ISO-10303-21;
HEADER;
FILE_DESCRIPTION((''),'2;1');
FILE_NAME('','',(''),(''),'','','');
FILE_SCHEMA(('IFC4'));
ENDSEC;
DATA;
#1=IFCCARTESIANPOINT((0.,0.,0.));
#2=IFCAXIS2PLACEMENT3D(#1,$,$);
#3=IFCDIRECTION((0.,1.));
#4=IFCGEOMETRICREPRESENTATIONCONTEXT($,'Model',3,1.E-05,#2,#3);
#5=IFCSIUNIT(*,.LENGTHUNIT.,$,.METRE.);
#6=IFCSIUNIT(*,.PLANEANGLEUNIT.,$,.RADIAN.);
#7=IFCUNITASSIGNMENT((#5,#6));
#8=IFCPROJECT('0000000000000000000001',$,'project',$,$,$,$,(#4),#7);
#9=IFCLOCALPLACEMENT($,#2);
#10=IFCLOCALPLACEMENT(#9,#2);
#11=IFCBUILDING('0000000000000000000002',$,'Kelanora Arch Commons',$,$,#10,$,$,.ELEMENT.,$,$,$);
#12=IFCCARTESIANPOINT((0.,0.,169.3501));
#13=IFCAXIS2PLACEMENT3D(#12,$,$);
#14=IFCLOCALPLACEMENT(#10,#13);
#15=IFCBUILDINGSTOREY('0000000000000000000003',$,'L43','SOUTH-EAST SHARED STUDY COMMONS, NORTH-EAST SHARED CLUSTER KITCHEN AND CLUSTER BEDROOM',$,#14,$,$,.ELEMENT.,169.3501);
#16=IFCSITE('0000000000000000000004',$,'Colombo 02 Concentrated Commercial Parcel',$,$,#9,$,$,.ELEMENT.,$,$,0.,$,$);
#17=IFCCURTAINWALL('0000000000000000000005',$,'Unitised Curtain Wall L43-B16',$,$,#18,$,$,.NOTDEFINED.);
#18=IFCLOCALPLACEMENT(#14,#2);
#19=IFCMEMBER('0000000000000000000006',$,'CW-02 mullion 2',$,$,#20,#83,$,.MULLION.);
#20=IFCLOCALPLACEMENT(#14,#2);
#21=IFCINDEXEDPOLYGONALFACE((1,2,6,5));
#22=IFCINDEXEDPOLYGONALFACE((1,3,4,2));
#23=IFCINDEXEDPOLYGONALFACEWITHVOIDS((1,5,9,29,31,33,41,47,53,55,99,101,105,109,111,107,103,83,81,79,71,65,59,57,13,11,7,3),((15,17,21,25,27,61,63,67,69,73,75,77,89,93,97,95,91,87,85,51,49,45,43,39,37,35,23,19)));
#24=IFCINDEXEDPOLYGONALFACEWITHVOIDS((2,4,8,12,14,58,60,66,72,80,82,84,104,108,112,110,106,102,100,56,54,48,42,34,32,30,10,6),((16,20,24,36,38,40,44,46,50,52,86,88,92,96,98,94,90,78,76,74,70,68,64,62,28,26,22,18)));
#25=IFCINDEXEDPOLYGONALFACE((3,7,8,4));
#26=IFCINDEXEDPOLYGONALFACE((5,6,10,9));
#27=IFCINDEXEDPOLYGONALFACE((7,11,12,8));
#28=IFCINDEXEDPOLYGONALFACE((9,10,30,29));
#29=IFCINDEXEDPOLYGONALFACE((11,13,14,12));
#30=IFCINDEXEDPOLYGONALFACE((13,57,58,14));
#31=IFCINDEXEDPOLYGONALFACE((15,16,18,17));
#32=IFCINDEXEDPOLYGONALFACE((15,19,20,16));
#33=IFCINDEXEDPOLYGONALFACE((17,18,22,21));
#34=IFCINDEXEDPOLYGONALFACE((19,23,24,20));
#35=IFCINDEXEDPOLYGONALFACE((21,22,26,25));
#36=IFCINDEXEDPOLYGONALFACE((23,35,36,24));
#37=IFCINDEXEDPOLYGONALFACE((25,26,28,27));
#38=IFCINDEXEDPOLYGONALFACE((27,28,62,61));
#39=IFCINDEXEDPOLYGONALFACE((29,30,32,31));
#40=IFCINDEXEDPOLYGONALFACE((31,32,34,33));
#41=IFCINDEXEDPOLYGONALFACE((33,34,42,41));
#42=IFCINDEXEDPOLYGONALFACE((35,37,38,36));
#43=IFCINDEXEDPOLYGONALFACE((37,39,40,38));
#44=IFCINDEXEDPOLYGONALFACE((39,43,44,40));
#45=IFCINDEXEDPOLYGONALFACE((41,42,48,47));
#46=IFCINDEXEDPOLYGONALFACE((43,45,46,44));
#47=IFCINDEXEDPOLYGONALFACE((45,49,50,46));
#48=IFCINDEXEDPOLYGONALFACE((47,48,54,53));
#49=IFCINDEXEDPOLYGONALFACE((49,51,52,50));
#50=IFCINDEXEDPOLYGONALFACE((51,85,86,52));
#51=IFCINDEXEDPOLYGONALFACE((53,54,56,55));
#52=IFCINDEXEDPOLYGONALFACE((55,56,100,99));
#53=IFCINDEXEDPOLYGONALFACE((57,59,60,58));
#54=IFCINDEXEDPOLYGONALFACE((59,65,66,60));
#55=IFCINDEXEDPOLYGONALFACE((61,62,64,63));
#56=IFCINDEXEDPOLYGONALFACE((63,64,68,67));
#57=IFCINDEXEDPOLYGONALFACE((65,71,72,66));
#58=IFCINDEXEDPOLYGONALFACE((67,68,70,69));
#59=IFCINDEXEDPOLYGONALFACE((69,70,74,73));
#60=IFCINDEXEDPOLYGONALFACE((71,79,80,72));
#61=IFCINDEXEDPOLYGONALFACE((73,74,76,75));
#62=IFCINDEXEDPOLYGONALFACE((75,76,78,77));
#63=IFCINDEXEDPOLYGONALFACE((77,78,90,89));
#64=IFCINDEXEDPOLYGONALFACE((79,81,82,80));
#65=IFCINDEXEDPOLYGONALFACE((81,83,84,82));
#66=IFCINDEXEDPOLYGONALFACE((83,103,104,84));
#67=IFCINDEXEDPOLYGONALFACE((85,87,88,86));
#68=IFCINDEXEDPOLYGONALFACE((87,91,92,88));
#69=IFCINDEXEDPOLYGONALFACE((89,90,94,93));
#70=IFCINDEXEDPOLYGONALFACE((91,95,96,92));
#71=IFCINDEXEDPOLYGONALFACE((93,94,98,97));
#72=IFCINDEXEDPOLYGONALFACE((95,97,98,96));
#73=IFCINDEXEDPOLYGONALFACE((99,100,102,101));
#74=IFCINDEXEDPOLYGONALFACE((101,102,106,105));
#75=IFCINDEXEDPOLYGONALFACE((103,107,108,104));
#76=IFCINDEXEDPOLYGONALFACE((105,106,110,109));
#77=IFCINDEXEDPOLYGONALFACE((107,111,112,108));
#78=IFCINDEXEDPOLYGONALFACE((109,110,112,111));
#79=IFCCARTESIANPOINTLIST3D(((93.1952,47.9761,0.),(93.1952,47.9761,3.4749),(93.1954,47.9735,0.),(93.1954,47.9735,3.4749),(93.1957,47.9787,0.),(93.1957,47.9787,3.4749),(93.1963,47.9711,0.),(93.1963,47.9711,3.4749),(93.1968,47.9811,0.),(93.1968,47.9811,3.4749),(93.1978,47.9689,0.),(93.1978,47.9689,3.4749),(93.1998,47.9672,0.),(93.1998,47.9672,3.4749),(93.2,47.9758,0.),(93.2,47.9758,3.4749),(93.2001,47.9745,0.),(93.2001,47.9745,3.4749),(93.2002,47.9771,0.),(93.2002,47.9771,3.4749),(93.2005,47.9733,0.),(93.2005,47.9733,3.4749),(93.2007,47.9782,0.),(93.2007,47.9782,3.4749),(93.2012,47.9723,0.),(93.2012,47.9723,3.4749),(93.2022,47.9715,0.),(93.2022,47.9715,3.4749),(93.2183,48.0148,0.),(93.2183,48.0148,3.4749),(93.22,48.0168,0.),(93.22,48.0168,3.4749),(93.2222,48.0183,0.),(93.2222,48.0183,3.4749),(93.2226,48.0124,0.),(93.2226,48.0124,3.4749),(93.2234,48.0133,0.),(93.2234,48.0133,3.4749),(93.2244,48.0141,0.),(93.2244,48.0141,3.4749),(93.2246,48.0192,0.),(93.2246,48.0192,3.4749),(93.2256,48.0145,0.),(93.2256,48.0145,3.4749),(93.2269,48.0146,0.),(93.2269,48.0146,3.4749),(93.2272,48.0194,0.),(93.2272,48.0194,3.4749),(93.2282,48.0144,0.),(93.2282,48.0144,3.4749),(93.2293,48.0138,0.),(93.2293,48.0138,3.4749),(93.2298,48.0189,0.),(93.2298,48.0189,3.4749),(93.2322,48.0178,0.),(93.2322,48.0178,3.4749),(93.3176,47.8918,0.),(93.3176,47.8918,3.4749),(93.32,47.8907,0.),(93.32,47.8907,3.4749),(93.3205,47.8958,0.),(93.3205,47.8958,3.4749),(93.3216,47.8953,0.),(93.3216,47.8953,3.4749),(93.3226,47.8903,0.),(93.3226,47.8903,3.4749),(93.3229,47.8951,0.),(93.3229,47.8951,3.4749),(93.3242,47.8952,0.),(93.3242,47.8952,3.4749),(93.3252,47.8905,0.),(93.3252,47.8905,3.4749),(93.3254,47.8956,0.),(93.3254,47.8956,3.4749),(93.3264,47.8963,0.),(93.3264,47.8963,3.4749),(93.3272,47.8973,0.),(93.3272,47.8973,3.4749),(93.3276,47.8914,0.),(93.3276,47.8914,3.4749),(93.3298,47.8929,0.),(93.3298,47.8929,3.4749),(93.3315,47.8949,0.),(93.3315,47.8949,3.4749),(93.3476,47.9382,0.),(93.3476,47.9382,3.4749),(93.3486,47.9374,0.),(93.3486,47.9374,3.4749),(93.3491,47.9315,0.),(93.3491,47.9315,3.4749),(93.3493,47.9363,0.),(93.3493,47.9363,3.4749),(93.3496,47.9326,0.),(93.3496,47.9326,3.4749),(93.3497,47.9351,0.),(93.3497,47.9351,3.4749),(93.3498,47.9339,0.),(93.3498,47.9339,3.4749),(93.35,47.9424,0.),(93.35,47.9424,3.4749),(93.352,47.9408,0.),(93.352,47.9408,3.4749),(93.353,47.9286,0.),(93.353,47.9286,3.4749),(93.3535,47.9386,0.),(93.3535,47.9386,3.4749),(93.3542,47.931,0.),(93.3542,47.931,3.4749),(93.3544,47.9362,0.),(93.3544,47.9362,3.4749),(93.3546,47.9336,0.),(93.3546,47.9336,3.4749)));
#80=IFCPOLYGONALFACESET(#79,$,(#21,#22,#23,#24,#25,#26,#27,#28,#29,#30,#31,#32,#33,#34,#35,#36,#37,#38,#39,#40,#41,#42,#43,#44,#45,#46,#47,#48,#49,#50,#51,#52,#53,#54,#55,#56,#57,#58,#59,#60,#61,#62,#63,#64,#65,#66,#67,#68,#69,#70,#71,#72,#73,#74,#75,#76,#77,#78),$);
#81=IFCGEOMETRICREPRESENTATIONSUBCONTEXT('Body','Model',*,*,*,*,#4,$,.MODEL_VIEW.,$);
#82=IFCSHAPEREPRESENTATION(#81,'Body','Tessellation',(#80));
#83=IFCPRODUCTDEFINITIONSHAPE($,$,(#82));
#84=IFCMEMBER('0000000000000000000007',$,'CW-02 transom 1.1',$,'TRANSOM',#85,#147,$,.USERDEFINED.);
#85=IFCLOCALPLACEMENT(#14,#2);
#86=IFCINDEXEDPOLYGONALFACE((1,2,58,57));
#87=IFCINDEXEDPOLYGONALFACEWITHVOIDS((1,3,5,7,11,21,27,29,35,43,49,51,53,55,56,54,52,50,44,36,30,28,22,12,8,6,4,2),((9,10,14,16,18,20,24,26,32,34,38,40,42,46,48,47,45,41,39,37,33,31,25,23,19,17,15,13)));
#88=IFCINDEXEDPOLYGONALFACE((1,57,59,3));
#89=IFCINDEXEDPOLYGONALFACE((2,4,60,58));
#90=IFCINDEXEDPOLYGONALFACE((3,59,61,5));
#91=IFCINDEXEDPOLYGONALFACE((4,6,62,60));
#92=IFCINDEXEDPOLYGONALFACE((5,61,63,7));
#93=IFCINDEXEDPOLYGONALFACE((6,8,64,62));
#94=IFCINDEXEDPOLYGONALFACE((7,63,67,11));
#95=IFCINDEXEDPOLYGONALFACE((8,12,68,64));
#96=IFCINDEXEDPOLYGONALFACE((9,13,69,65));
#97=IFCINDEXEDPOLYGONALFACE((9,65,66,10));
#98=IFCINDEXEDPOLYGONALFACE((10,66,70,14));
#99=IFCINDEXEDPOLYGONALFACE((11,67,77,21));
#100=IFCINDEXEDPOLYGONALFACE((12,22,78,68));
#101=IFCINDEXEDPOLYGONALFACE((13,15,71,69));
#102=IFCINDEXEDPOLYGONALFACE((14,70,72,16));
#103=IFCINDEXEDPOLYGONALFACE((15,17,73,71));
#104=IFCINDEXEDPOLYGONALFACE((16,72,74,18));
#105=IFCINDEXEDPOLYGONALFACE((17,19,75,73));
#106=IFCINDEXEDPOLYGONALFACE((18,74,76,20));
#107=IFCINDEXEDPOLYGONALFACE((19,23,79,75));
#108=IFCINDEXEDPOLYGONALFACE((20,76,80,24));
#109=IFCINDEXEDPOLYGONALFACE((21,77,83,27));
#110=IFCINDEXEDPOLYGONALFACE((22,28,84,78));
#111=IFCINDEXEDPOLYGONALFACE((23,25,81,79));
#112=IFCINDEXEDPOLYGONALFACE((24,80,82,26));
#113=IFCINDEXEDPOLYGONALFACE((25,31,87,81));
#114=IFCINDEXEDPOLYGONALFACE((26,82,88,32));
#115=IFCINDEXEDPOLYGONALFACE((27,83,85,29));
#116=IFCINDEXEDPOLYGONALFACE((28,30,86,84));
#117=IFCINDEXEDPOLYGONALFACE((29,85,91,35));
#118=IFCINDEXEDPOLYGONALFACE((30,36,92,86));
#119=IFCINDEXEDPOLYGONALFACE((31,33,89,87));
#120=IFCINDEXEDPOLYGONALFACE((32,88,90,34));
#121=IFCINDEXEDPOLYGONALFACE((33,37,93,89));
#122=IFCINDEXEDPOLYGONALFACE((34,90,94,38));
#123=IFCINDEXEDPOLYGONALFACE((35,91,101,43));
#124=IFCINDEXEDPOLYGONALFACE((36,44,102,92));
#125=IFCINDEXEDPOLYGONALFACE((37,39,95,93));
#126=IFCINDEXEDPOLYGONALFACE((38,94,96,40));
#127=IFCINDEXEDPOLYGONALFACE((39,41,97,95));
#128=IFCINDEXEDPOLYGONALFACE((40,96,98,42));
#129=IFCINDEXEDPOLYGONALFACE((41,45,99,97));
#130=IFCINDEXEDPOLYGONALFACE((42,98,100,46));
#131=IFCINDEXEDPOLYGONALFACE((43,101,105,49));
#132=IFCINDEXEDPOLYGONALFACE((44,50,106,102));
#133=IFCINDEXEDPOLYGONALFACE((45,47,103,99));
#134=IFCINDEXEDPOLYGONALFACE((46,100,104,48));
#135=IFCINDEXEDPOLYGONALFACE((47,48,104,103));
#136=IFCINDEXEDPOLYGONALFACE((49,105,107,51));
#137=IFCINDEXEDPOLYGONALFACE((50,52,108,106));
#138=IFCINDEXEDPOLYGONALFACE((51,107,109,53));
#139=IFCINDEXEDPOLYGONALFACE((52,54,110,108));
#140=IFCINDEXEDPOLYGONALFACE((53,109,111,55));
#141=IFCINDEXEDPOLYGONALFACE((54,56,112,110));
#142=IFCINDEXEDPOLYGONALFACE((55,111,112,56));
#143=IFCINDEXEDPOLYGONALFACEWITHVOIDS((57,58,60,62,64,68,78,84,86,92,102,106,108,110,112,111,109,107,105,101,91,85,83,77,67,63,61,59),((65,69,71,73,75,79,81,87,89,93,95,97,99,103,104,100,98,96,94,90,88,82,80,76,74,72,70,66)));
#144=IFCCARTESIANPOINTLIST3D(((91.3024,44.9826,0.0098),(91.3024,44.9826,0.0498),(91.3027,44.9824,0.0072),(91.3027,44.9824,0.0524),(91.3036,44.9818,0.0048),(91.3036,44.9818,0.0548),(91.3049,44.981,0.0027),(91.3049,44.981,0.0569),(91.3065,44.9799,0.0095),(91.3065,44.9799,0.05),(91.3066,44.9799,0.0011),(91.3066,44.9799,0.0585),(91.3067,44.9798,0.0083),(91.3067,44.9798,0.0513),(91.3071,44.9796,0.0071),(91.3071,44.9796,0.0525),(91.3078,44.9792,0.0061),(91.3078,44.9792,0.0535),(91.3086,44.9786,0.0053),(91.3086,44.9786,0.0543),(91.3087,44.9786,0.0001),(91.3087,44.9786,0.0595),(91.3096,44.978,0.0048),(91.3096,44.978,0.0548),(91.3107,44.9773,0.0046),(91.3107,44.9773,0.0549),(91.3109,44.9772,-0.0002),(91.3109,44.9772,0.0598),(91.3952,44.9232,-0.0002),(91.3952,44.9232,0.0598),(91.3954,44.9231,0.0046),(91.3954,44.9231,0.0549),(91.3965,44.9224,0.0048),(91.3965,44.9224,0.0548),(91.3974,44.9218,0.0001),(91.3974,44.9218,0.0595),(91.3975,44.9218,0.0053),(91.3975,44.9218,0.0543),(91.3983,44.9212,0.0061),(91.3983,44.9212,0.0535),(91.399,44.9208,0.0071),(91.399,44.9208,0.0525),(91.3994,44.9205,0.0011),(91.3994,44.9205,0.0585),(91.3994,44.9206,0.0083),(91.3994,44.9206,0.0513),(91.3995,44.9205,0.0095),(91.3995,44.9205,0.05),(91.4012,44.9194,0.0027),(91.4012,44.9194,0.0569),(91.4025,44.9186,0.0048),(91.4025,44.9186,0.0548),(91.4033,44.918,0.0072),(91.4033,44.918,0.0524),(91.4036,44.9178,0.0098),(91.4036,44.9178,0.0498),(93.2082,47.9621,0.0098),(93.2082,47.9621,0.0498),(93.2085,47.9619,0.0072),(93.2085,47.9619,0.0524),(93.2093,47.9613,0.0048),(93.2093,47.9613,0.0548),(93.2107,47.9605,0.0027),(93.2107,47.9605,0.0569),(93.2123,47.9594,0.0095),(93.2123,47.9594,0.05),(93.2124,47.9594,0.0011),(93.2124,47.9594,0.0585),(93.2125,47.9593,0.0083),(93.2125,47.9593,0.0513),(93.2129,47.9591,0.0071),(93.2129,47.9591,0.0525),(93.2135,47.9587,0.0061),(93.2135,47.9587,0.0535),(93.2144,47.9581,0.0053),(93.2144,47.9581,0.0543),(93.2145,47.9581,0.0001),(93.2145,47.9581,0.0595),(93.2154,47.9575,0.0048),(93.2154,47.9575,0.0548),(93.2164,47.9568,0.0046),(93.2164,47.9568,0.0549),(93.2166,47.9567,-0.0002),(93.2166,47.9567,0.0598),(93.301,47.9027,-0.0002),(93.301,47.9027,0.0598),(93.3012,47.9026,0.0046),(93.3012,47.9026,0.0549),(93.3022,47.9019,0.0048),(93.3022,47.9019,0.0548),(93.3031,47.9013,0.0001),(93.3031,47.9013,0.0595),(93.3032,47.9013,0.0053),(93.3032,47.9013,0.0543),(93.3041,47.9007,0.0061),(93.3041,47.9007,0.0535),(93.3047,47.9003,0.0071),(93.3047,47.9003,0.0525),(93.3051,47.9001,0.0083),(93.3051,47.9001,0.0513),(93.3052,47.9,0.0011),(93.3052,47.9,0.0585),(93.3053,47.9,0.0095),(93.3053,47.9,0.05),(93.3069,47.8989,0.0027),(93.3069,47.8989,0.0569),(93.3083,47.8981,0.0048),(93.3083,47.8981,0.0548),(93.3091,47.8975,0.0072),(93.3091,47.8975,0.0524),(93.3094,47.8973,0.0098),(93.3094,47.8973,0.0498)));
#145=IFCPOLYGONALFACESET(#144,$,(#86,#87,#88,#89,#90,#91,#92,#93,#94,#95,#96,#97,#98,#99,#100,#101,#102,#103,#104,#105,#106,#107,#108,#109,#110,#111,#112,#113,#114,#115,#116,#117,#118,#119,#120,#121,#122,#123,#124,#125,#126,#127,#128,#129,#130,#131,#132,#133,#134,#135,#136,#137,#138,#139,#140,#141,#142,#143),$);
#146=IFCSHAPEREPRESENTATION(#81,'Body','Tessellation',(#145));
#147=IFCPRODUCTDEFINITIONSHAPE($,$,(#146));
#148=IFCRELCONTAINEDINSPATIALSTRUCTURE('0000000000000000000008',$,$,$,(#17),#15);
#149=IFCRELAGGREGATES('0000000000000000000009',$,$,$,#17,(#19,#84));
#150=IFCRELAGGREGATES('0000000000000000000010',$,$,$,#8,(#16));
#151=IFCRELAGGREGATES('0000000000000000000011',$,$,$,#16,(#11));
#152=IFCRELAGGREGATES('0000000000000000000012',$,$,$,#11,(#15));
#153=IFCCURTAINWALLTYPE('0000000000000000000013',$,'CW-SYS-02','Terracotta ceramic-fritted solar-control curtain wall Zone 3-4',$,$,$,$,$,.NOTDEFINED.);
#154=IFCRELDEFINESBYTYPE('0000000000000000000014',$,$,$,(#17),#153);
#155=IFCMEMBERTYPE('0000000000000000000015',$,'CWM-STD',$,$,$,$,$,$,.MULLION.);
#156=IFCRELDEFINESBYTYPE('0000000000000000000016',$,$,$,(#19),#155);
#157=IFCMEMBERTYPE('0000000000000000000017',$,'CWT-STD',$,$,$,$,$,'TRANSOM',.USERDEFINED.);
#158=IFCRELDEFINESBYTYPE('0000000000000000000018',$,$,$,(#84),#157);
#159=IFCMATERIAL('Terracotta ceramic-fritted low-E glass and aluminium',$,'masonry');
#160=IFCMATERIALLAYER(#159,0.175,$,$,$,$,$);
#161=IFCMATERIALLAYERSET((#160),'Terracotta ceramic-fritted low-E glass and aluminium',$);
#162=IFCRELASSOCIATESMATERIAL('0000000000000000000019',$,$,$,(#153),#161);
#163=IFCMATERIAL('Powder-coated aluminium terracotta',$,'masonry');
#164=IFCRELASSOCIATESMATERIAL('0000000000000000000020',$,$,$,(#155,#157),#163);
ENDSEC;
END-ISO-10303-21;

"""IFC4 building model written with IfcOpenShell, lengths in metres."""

from ifc_helpers import new_model, si_unit, direction, frame, origin, origin_2d, place, context, subcontext, project, spatial, hollow_rectangle, extrude, material, layer, layer_set, material_profile, profile_set, type_object, element, aggregate, save


model = new_model("IFC4")

# Units and contexts
model_context = context("Model", 3, precision=1e-05, world=origin(), true_north=direction((0.0, 1.0)))
body_context = subcontext(model_context, "Body", "Model", "MODEL_VIEW")
ifc_project = project(units=[si_unit("LENGTHUNIT", "METRE"), si_unit("PLANEANGLEUNIT", "RADIAN")], contexts=[model_context])

# Site, building, storey
site_placement = place(None, origin())
site = spatial("IfcSite", under=ifc_project, at=site_placement, Name="Colombo 02 Concentrated Commercial Parcel", CompositionType="ELEMENT", RefElevation=0.0)
building_placement = place(site_placement, origin())
building = spatial("IfcBuilding", under=site, at=building_placement, Name="Kelanora Arch Commons", CompositionType="ELEMENT")
storey_placement = place(building_placement, frame((0.0, 0.0, 169.3501)))
storey = spatial("IfcBuildingStorey", under=building, at=storey_placement, Name="L43", Description="SOUTH-EAST SHARED STUDY COMMONS, NORTH-EAST SHARED CLUSTER KITCHEN AND CLUSTER BEDROOM", CompositionType="ELEMENT", Elevation=169.3501)

# Shared definitions
ifc_material_1 = material(Name="Terracotta ceramic-fritted low-E glass and aluminium", Category="masonry")
ifc_layer_1 = layer(ifc_material_1, 0.175)
ifc_layer_set_1 = layer_set([ifc_layer_1], Name="Terracotta ceramic-fritted low-E glass and aluminium")
curtain_wall_type = type_object("IfcCurtainWallType", Name="CW-SYS-02", Description="Terracotta ceramic-fritted solar-control curtain wall Zone 3-4", PredefinedType="NOTDEFINED", material=ifc_layer_set_1)
ifc_material_2 = material(Name="Powder-coated aluminium terracotta", Category="masonry")
ifc_material_profile_1 = material_profile(ifc_material_2, hollow_rectangle(XDim=0.1599, YDim=0.0601, WallThickness=0.0049, InnerFilletRadius=0.0049, OuterFilletRadius=0.01, at=origin_2d()), Name="CWM160x60")
ifc_profile_set_1 = profile_set([ifc_material_profile_1], Name="Powder-coated aluminium terracotta")
member_type_1 = type_object("IfcMemberType", Name="CWM-STD", PredefinedType="MULLION", material=ifc_profile_set_1)

# Curtain wall, members
curtain_wall_1_placement = place(storey_placement, origin())
curtain_wall_1 = element("IfcCurtainWall", 1, at=curtain_wall_1_placement, inside=storey, type_object=curtain_wall_type, Name="Unitised Curtain Wall L43-B16", PredefinedType="NOTDEFINED")
member_1_placement = place(storey_placement, frame((93.2749, 47.9548, 0.0), z_axis=(0.0, 0.0, 1.0), x_axis=(-0.842423, 0.538817, 0.0)))
member_1 = element("IfcMember", 2, at=member_1_placement, type_object=member_type_1, Name="CW-02 mullion 2", PredefinedType="MULLION", context=body_context, shape_type="SweptSolid", body=[
    extrude(hollow_rectangle(XDim=0.1599, YDim=0.0601, WallThickness=0.0049, InnerFilletRadius=0.0049, OuterFilletRadius=0.01, at=origin_2d()), origin(), (0.0, 0.0, 1.0), 3.4749),
])
ifc_material_profile_2 = material_profile(ifc_material_2, hollow_rectangle(XDim=0.1201, YDim=0.0601, WallThickness=0.0049, InnerFilletRadius=0.0049, OuterFilletRadius=0.01, at=origin_2d()), Name="CWT120x60")
ifc_profile_set_2 = profile_set([ifc_material_profile_2], Name="Powder-coated aluminium terracotta")
member_type_2 = type_object("IfcMemberType", Name="CWT-STD", ElementType="TRANSOM", PredefinedType="USERDEFINED", material=ifc_profile_set_2)
member_2_placement = place(storey_placement, frame((91.353, 44.9502, 0.0298), z_axis=(0.53883, 0.842414, 0.0), x_axis=(-0.842414, 0.53883, 0.0)))
member_2 = element("IfcMember", 3, at=member_2_placement, type_object=member_type_2, Name="CW-02 transom 1.1", ObjectType="TRANSOM", PredefinedType="USERDEFINED", context=body_context, shape_type="SweptSolid", body=[
    extrude(hollow_rectangle(XDim=0.1201, YDim=0.0601, WallThickness=0.0049, InnerFilletRadius=0.0049, OuterFilletRadius=0.01, at=origin_2d()), origin(), (0.0, 0.0, 1.0), 3.5369),
])

aggregate(curtain_wall_1, [member_1, member_2])

save(model, "model.ifc")
